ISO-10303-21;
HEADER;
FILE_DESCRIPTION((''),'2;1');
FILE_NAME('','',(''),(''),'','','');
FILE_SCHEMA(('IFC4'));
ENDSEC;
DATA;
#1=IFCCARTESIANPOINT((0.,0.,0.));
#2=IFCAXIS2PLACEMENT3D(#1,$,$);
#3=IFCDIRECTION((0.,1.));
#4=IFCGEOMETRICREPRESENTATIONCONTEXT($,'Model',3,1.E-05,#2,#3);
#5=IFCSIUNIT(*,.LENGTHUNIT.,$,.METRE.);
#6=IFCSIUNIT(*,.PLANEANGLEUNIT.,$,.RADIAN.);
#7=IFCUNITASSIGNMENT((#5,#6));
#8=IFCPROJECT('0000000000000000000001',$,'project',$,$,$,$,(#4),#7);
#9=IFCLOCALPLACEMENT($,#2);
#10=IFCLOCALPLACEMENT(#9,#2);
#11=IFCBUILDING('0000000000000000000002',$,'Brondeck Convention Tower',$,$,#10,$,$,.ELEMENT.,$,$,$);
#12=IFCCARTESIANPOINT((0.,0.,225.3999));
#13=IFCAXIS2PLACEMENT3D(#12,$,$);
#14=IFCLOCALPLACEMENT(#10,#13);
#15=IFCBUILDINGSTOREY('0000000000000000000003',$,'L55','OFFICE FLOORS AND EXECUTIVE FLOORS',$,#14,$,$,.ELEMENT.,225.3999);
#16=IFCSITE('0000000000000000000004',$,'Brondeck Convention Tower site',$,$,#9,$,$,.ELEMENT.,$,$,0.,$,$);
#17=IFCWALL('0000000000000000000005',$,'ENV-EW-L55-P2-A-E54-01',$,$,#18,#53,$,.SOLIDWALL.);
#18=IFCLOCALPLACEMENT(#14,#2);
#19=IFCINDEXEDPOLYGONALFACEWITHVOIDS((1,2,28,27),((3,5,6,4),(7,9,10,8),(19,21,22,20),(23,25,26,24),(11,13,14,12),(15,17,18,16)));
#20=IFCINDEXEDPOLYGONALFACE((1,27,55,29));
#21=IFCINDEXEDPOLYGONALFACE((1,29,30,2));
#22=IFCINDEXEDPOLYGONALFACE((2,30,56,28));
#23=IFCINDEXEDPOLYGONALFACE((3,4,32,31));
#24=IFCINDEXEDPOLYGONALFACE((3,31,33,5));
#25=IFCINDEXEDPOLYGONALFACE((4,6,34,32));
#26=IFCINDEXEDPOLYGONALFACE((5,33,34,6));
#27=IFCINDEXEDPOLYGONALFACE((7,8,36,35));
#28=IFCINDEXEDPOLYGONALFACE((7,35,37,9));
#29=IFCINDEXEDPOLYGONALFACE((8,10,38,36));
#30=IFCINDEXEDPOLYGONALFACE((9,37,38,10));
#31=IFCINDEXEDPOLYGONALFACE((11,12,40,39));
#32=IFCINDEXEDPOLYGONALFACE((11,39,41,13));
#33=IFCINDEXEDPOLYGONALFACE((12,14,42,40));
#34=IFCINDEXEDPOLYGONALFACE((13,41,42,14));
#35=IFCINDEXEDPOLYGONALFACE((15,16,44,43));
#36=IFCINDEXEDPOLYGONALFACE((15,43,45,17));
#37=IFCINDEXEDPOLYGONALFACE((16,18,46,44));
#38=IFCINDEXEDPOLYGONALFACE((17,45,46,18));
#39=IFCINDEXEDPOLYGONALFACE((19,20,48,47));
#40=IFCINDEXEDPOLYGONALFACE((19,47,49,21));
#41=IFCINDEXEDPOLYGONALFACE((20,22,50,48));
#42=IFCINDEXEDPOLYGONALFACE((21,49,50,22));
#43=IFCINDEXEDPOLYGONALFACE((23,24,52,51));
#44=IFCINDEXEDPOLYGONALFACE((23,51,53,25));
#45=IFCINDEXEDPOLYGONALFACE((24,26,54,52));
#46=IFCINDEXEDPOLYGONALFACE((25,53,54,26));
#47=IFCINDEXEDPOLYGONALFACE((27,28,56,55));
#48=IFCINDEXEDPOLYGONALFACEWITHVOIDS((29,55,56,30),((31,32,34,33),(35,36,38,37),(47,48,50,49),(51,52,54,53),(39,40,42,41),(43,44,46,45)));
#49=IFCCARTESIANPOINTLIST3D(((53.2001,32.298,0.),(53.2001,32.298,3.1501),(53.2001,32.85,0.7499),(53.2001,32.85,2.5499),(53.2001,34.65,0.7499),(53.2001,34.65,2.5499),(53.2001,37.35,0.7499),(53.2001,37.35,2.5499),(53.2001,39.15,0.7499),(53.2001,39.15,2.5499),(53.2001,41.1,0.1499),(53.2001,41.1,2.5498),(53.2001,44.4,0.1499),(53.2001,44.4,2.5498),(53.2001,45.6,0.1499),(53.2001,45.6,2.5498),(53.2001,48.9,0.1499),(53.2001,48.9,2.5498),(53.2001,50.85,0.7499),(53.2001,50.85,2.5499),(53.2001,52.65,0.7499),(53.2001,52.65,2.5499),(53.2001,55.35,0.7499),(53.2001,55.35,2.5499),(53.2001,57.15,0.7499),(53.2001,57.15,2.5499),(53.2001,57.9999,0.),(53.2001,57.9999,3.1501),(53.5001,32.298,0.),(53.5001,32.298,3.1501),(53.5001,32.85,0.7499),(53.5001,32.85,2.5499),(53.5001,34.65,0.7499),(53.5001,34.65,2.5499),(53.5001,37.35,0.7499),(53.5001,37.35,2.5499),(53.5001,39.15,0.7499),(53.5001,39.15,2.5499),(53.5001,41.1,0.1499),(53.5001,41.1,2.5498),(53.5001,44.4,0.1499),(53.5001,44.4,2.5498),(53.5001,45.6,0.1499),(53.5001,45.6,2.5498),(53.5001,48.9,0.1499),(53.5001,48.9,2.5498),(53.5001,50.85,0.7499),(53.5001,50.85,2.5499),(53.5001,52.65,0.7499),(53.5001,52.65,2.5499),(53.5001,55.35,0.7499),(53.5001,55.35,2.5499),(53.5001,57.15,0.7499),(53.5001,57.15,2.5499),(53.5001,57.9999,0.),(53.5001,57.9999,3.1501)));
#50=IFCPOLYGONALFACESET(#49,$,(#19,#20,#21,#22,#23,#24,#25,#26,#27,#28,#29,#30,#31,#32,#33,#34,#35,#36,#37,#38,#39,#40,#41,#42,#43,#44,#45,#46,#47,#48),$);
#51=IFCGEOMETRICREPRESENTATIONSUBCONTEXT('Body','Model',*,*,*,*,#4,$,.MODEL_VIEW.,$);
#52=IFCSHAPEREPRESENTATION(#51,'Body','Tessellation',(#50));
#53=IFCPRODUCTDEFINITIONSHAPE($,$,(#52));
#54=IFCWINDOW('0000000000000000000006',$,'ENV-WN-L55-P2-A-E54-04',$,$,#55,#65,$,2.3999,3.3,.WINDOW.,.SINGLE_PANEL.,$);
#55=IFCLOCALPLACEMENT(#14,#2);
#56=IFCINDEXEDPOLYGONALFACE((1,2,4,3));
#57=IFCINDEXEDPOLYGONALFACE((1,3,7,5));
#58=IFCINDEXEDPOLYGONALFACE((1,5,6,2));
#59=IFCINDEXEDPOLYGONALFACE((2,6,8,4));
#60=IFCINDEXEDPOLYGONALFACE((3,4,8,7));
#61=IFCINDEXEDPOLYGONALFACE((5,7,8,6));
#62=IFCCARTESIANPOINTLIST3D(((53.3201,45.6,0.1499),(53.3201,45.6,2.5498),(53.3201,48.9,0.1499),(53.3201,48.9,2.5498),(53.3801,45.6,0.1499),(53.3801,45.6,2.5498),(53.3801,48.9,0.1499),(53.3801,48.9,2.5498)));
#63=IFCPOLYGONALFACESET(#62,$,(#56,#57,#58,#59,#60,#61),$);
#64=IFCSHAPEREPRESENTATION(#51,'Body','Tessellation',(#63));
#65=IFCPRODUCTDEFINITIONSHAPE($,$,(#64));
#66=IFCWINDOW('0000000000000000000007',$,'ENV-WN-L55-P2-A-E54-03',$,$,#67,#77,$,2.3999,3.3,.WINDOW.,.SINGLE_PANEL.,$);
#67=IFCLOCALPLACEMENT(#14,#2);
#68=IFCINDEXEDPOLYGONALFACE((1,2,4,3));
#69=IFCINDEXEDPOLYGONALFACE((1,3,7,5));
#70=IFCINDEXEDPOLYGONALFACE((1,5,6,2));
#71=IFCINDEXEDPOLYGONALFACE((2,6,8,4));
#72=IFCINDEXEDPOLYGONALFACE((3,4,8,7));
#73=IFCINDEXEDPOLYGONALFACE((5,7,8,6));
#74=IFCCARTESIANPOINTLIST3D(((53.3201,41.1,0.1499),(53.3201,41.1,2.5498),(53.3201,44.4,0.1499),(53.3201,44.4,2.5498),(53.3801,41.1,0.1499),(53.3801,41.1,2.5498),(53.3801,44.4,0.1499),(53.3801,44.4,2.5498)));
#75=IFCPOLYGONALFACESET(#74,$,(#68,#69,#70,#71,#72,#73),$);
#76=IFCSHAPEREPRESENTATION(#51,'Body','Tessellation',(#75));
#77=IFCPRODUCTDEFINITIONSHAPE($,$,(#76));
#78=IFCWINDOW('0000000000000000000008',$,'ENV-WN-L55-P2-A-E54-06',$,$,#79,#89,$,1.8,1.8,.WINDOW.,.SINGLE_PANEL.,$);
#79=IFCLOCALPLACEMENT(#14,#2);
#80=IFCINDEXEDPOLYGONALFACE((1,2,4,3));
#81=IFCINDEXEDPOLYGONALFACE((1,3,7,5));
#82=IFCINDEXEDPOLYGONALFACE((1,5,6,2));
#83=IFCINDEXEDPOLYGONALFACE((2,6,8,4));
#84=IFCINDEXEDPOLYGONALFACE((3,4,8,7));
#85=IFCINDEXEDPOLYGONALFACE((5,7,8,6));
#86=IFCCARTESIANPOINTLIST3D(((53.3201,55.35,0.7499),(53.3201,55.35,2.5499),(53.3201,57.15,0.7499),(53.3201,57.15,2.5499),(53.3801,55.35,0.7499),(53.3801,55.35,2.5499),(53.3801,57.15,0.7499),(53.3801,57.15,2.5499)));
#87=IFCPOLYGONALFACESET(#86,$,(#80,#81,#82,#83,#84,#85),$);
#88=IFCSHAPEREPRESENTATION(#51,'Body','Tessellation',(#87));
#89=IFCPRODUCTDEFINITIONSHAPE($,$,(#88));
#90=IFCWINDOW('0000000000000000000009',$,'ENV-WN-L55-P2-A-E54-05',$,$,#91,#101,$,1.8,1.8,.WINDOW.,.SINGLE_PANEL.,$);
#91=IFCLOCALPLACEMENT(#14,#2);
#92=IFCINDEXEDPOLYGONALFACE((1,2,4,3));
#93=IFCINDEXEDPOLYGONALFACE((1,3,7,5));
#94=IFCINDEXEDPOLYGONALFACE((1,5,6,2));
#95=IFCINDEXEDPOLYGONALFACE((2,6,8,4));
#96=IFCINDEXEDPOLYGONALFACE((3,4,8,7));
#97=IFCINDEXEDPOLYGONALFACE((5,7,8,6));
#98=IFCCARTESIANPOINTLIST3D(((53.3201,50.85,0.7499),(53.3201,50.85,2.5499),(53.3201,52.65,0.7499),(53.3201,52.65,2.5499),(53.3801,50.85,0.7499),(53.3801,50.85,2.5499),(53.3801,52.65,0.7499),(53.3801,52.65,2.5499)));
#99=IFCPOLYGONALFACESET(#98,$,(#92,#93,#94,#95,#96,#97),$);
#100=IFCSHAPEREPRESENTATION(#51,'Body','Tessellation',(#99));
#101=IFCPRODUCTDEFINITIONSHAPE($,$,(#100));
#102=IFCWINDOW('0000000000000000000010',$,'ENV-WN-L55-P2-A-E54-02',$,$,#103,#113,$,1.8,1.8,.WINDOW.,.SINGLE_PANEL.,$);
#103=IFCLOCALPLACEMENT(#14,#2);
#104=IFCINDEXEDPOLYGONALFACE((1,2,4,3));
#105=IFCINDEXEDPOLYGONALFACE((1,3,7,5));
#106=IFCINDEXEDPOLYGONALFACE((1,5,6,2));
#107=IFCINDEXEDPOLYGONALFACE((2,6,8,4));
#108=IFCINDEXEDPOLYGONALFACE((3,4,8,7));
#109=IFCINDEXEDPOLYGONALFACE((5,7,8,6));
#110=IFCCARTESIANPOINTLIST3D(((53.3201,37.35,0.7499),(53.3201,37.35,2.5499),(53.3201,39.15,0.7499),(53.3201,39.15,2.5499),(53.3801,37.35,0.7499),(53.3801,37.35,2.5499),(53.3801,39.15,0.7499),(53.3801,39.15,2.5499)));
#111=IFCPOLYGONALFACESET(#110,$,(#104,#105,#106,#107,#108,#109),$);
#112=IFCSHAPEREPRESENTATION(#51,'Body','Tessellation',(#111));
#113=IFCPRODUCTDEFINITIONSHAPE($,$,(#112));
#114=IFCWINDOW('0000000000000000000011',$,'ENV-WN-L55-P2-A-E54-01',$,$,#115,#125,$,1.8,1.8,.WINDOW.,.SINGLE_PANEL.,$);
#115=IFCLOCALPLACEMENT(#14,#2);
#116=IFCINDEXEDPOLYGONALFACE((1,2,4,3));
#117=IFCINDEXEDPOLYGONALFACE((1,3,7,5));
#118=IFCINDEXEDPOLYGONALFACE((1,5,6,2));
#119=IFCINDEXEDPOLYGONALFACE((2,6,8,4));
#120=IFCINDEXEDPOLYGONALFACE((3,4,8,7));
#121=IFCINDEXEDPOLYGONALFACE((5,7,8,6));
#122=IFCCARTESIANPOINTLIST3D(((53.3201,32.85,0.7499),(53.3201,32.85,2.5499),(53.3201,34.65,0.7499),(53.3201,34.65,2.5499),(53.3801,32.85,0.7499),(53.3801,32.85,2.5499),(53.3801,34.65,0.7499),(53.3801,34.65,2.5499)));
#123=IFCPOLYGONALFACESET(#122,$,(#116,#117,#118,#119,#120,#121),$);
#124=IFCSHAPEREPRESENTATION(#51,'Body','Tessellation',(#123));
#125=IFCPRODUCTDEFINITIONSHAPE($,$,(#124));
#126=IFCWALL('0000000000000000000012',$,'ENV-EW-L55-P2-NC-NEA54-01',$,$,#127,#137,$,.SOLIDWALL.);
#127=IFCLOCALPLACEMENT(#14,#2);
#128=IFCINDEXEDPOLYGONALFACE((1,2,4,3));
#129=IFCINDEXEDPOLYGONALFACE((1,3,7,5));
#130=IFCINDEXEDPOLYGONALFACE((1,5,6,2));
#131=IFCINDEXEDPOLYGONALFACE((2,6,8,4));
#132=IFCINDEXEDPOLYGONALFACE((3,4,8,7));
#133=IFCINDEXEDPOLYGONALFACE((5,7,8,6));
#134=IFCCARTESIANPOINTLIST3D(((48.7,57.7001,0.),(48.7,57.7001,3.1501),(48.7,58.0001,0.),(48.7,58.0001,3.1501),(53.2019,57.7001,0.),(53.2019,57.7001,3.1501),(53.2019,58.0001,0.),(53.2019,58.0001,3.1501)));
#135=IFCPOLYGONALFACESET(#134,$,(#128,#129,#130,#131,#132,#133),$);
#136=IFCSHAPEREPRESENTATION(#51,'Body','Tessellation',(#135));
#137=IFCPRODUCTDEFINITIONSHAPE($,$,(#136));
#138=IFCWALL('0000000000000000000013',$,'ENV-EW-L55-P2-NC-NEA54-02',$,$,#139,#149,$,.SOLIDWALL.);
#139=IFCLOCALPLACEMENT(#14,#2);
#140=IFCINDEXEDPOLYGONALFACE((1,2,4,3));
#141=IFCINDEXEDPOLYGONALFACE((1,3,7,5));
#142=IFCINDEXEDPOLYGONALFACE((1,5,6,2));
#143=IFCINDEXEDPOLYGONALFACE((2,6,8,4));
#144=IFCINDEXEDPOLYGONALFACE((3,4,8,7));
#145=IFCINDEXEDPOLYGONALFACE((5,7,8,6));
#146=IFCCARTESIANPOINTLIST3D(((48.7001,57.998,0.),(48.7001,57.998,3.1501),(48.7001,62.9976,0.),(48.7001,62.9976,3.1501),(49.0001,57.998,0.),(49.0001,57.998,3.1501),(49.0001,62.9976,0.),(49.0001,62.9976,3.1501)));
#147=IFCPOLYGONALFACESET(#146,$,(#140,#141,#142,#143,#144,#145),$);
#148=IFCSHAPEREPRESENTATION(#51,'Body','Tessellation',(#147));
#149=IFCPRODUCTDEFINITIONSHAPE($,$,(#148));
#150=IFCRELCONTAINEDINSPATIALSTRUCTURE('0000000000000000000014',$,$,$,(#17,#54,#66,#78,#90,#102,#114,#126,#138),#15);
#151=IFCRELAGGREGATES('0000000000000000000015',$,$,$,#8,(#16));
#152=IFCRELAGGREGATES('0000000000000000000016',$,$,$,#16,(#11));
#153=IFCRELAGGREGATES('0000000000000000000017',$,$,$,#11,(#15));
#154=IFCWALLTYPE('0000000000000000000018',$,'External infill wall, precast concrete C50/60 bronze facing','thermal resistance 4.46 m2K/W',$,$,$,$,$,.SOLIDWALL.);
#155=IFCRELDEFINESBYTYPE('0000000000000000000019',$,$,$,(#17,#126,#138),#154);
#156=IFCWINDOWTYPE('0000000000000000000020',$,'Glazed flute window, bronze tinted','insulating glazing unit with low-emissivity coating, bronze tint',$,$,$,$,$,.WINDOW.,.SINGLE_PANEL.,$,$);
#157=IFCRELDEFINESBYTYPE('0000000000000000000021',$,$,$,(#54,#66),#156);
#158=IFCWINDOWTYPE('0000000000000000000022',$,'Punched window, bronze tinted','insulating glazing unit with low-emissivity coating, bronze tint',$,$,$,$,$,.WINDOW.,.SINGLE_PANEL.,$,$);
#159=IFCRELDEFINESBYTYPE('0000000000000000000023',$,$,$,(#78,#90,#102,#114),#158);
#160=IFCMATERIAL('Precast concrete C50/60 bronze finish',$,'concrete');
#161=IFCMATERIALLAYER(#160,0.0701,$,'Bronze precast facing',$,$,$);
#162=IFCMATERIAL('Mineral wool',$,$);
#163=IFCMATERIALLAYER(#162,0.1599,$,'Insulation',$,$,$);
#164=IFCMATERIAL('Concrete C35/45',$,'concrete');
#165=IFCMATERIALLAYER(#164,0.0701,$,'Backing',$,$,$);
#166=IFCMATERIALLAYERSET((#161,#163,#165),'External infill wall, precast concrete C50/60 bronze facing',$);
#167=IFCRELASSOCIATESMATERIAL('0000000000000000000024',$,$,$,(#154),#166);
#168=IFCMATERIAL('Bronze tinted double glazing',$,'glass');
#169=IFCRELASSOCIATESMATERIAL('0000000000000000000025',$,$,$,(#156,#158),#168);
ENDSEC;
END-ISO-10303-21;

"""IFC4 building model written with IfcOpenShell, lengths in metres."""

from ifc_helpers import new_model, si_unit, direction, frame, frame_2d, origin, place, context, subcontext, project, spatial, rectangle, extrude, material, layer, layer_set, type_object, element, fill, save


model = new_model("IFC4")

# Units and contexts
model_context = context("Model", 3, precision=1e-05, world=origin(), true_north=direction((0.0, 1.0)))
body_context = subcontext(model_context, "Body", "Model", "MODEL_VIEW")
ifc_project = project(units=[si_unit("LENGTHUNIT", "METRE"), si_unit("PLANEANGLEUNIT", "RADIAN")], contexts=[model_context])

# Site, building, storey
site_placement = place(None, origin())
site = spatial("IfcSite", under=ifc_project, at=site_placement, Name="Brondeck Convention Tower site", CompositionType="ELEMENT", RefElevation=0.0)
building_placement = place(site_placement, origin())
building = spatial("IfcBuilding", under=site, at=building_placement, Name="Brondeck Convention Tower", CompositionType="ELEMENT")
storey_placement = place(building_placement, frame((0.0, 0.0, 225.3999)))
storey = spatial("IfcBuildingStorey", under=building, at=storey_placement, Name="L55", Description="OFFICE FLOORS AND EXECUTIVE FLOORS", CompositionType="ELEMENT", Elevation=225.3999)

# Wall, openings, windows
ifc_material_1 = material(Name="Precast concrete C50/60 bronze finish", Category="concrete")
ifc_layer_1 = layer(ifc_material_1, 0.0701, Name="Bronze precast facing")
ifc_material_2 = material(Name="Mineral wool")
ifc_layer_2 = layer(ifc_material_2, 0.1599, Name="Insulation")
ifc_material_3 = material(Name="Concrete C35/45", Category="concrete")
ifc_layer_3 = layer(ifc_material_3, 0.0701, Name="Backing")
ifc_layer_set_1 = layer_set([ifc_layer_1, ifc_layer_2, ifc_layer_3], Name="External infill wall, precast concrete C50/60 bronze facing")
wall_type_1 = type_object("IfcWallType", Name="External infill wall, precast concrete C50/60 bronze facing", Description="thermal resistance 4.46 m2K/W", PredefinedType="SOLIDWALL", material=ifc_layer_set_1)
wall_1_placement = place(storey_placement, frame((53.3501, 58.0, 0.0), z_axis=(0.0, 0.0, 1.0), x_axis=(0.0, -1.0, 0.0)))
wall_1 = element("IfcWall", 1, at=wall_1_placement, inside=storey, type_object=wall_type_1, Name="ENV-EW-L55-P2-A-E54-01", PredefinedType="SOLIDWALL", context=body_context, shape_type="SweptSolid", body=[
    extrude(rectangle(XDim=25.7019, YDim=0.3, at=frame_2d((12.8511, 0.0))), origin(), (0.0, 0.0, 1.0), 3.1501),
])
opening_1_placement = place(wall_1_placement, frame((0.8501, 0.0, 0.75)))
opening_1 = element("IfcOpeningElement", 2, at=opening_1_placement, cuts=wall_1, PredefinedType="OPENING", context=body_context, shape_type="SweptSolid", body=[
    extrude(rectangle(XDim=1.8, YDim=1.8, at=frame_2d((0.8999, 0.8999))), frame((0.0, 0.1599, 0.0), z_axis=(0.0, -1.0, 0.0), x_axis=(1.0, 0.0, 0.0)), (0.0, 0.0, 1.0), 0.3201),
])
opening_2_placement = place(wall_1_placement, frame((5.3501, 0.0, 0.75)))
opening_2 = element("IfcOpeningElement", 3, at=opening_2_placement, cuts=wall_1, PredefinedType="OPENING", context=body_context, shape_type="SweptSolid", body=[
    extrude(rectangle(XDim=1.8, YDim=1.8, at=frame_2d((0.8999, 0.8999))), frame((0.0, 0.1599, 0.0), z_axis=(0.0, -1.0, 0.0), x_axis=(1.0, 0.0, 0.0)), (0.0, 0.0, 1.0), 0.3201),
])
opening_3_placement = place(wall_1_placement, frame((9.1001, 0.0, 0.1499)))
opening_3 = element("IfcOpeningElement", 4, at=opening_3_placement, cuts=wall_1, PredefinedType="OPENING", context=body_context, shape_type="SweptSolid", body=[
    extrude(rectangle(XDim=3.3, YDim=2.3999, at=frame_2d((1.6499, 1.2))), frame((0.0, 0.1599, 0.0), z_axis=(0.0, -1.0, 0.0), x_axis=(1.0, 0.0, 0.0)), (0.0, 0.0, 1.0), 0.3201),
])
opening_4_placement = place(wall_1_placement, frame((13.6001, 0.0, 0.1499)))
opening_4 = element("IfcOpeningElement", 5, at=opening_4_placement, cuts=wall_1, PredefinedType="OPENING", context=body_context, shape_type="SweptSolid", body=[
    extrude(rectangle(XDim=3.3, YDim=2.3999, at=frame_2d((1.6499, 1.2))), frame((0.0, 0.1599, 0.0), z_axis=(0.0, -1.0, 0.0), x_axis=(1.0, 0.0, 0.0)), (0.0, 0.0, 1.0), 0.3201),
])
opening_5_placement = place(wall_1_placement, frame((18.8501, 0.0, 0.75)))
opening_5 = element("IfcOpeningElement", 6, at=opening_5_placement, cuts=wall_1, PredefinedType="OPENING", context=body_context, shape_type="SweptSolid", body=[
    extrude(rectangle(XDim=1.8, YDim=1.8, at=frame_2d((0.8999, 0.8999))), frame((0.0, 0.1599, 0.0), z_axis=(0.0, -1.0, 0.0), x_axis=(1.0, 0.0, 0.0)), (0.0, 0.0, 1.0), 0.3201),
])
opening_6_placement = place(wall_1_placement, frame((23.3501, 0.0, 0.75)))
opening_6 = element("IfcOpeningElement", 7, at=opening_6_placement, cuts=wall_1, PredefinedType="OPENING", context=body_context, shape_type="SweptSolid", body=[
    extrude(rectangle(XDim=1.8, YDim=1.8, at=frame_2d((0.8999, 0.8999))), frame((0.0, 0.1599, 0.0), z_axis=(0.0, -1.0, 0.0), x_axis=(1.0, 0.0, 0.0)), (0.0, 0.0, 1.0), 0.3201),
])
ifc_material_4 = material(Name="Bronze tinted double glazing", Category="glass")
window_type_1 = type_object("IfcWindowType", Name="Glazed flute window, bronze tinted", Description="insulating glazing unit with low-emissivity coating, bronze tint", PartitioningType="SINGLE_PANEL", PredefinedType="WINDOW", material=ifc_material_4)
window_1_placement = place(opening_3_placement, origin())
window_1 = element("IfcWindow", 8, at=window_1_placement, inside=storey, type_object=window_type_1, Name="ENV-WN-L55-P2-A-E54-04", OverallHeight=2.3999, OverallWidth=3.3, PartitioningType="SINGLE_PANEL", PredefinedType="WINDOW", context=body_context, shape_type="SweptSolid", body=[
    extrude(rectangle(XDim=3.3, YDim=2.3999, at=frame_2d((1.6499, 1.2))), frame((0.0, 0.03, 0.0), z_axis=(0.0, -1.0, 0.0), x_axis=(1.0, 0.0, 0.0)), (0.0, 0.0, 1.0), 0.0601),
])
fill(opening_3, window_1)
window_2_placement = place(opening_4_placement, origin())
window_2 = element("IfcWindow", 9, at=window_2_placement, inside=storey, type_object=window_type_1, Name="ENV-WN-L55-P2-A-E54-03", OverallHeight=2.3999, OverallWidth=3.3, PartitioningType="SINGLE_PANEL", PredefinedType="WINDOW", context=body_context, shape_type="SweptSolid", body=[
    extrude(rectangle(XDim=3.3, YDim=2.3999, at=frame_2d((1.6499, 1.2))), frame((0.0, 0.03, 0.0), z_axis=(0.0, -1.0, 0.0), x_axis=(1.0, 0.0, 0.0)), (0.0, 0.0, 1.0), 0.0601),
])
fill(opening_4, window_2)
window_type_2 = type_object("IfcWindowType", Name="Punched window, bronze tinted", Description="insulating glazing unit with low-emissivity coating, bronze tint", PartitioningType="SINGLE_PANEL", PredefinedType="WINDOW", material=ifc_material_4)
window_3_placement = place(opening_1_placement, origin())
window_3 = element("IfcWindow", 10, at=window_3_placement, inside=storey, type_object=window_type_2, Name="ENV-WN-L55-P2-A-E54-06", OverallHeight=1.8, OverallWidth=1.8, PartitioningType="SINGLE_PANEL", PredefinedType="WINDOW", context=body_context, shape_type="SweptSolid", body=[
    extrude(rectangle(XDim=1.8, YDim=1.8, at=frame_2d((0.8999, 0.8999))), frame((0.0, 0.03, 0.0), z_axis=(0.0, -1.0, 0.0), x_axis=(1.0, 0.0, 0.0)), (0.0, 0.0, 1.0), 0.0601),
])
fill(opening_1, window_3)
window_4_placement = place(opening_2_placement, origin())
window_4 = element("IfcWindow", 11, at=window_4_placement, inside=storey, type_object=window_type_2, Name="ENV-WN-L55-P2-A-E54-05", OverallHeight=1.8, OverallWidth=1.8, PartitioningType="SINGLE_PANEL", PredefinedType="WINDOW", context=body_context, shape_type="SweptSolid", body=[
    extrude(rectangle(XDim=1.8, YDim=1.8, at=frame_2d((0.8999, 0.8999))), frame((0.0, 0.03, 0.0), z_axis=(0.0, -1.0, 0.0), x_axis=(1.0, 0.0, 0.0)), (0.0, 0.0, 1.0), 0.0601),
])
fill(opening_2, window_4)
window_5_placement = place(opening_5_placement, origin())
window_5 = element("IfcWindow", 12, at=window_5_placement, inside=storey, type_object=window_type_2, Name="ENV-WN-L55-P2-A-E54-02", OverallHeight=1.8, OverallWidth=1.8, PartitioningType="SINGLE_PANEL", PredefinedType="WINDOW", context=body_context, shape_type="SweptSolid", body=[
    extrude(rectangle(XDim=1.8, YDim=1.8, at=frame_2d((0.8999, 0.8999))), frame((0.0, 0.03, 0.0), z_axis=(0.0, -1.0, 0.0), x_axis=(1.0, 0.0, 0.0)), (0.0, 0.0, 1.0), 0.0601),
])
fill(opening_5, window_5)
window_6_placement = place(opening_6_placement, origin())
window_6 = element("IfcWindow", 13, at=window_6_placement, inside=storey, type_object=window_type_2, Name="ENV-WN-L55-P2-A-E54-01", OverallHeight=1.8, OverallWidth=1.8, PartitioningType="SINGLE_PANEL", PredefinedType="WINDOW", context=body_context, shape_type="SweptSolid", body=[
    extrude(rectangle(XDim=1.8, YDim=1.8, at=frame_2d((0.8999, 0.8999))), frame((0.0, 0.03, 0.0), z_axis=(0.0, -1.0, 0.0), x_axis=(1.0, 0.0, 0.0)), (0.0, 0.0, 1.0), 0.0601),
])
fill(opening_6, window_6)

# Walls
wall_2_placement = place(storey_placement, frame((48.7, 57.8501, 0.0), z_axis=(0.0, 0.0, 1.0), x_axis=(1.0, 0.0, 0.0)))
element("IfcWall", 14, at=wall_2_placement, inside=storey, type_object=wall_type_1, Name="ENV-EW-L55-P2-NC-NEA54-01", PredefinedType="SOLIDWALL", context=body_context, shape_type="SweptSolid", body=[
    extrude(rectangle(XDim=4.502, YDim=0.3, at=frame_2d((2.251, 0.0))), origin(), (0.0, 0.0, 1.0), 3.1501),
])
wall_3_placement = place(storey_placement, frame((48.8501, 62.9976, 0.0), z_axis=(0.0, 0.0, 1.0), x_axis=(0.0, -1.0, 0.0)))
element("IfcWall", 15, at=wall_3_placement, inside=storey, type_object=wall_type_1, Name="ENV-EW-L55-P2-NC-NEA54-02", PredefinedType="SOLIDWALL", context=body_context, shape_type="SweptSolid", body=[
    extrude(rectangle(XDim=4.9995, YDim=0.3, at=frame_2d((2.4998, 0.0))), origin(), (0.0, 0.0, 1.0), 3.1501),
])

save(model, "model.ifc")
